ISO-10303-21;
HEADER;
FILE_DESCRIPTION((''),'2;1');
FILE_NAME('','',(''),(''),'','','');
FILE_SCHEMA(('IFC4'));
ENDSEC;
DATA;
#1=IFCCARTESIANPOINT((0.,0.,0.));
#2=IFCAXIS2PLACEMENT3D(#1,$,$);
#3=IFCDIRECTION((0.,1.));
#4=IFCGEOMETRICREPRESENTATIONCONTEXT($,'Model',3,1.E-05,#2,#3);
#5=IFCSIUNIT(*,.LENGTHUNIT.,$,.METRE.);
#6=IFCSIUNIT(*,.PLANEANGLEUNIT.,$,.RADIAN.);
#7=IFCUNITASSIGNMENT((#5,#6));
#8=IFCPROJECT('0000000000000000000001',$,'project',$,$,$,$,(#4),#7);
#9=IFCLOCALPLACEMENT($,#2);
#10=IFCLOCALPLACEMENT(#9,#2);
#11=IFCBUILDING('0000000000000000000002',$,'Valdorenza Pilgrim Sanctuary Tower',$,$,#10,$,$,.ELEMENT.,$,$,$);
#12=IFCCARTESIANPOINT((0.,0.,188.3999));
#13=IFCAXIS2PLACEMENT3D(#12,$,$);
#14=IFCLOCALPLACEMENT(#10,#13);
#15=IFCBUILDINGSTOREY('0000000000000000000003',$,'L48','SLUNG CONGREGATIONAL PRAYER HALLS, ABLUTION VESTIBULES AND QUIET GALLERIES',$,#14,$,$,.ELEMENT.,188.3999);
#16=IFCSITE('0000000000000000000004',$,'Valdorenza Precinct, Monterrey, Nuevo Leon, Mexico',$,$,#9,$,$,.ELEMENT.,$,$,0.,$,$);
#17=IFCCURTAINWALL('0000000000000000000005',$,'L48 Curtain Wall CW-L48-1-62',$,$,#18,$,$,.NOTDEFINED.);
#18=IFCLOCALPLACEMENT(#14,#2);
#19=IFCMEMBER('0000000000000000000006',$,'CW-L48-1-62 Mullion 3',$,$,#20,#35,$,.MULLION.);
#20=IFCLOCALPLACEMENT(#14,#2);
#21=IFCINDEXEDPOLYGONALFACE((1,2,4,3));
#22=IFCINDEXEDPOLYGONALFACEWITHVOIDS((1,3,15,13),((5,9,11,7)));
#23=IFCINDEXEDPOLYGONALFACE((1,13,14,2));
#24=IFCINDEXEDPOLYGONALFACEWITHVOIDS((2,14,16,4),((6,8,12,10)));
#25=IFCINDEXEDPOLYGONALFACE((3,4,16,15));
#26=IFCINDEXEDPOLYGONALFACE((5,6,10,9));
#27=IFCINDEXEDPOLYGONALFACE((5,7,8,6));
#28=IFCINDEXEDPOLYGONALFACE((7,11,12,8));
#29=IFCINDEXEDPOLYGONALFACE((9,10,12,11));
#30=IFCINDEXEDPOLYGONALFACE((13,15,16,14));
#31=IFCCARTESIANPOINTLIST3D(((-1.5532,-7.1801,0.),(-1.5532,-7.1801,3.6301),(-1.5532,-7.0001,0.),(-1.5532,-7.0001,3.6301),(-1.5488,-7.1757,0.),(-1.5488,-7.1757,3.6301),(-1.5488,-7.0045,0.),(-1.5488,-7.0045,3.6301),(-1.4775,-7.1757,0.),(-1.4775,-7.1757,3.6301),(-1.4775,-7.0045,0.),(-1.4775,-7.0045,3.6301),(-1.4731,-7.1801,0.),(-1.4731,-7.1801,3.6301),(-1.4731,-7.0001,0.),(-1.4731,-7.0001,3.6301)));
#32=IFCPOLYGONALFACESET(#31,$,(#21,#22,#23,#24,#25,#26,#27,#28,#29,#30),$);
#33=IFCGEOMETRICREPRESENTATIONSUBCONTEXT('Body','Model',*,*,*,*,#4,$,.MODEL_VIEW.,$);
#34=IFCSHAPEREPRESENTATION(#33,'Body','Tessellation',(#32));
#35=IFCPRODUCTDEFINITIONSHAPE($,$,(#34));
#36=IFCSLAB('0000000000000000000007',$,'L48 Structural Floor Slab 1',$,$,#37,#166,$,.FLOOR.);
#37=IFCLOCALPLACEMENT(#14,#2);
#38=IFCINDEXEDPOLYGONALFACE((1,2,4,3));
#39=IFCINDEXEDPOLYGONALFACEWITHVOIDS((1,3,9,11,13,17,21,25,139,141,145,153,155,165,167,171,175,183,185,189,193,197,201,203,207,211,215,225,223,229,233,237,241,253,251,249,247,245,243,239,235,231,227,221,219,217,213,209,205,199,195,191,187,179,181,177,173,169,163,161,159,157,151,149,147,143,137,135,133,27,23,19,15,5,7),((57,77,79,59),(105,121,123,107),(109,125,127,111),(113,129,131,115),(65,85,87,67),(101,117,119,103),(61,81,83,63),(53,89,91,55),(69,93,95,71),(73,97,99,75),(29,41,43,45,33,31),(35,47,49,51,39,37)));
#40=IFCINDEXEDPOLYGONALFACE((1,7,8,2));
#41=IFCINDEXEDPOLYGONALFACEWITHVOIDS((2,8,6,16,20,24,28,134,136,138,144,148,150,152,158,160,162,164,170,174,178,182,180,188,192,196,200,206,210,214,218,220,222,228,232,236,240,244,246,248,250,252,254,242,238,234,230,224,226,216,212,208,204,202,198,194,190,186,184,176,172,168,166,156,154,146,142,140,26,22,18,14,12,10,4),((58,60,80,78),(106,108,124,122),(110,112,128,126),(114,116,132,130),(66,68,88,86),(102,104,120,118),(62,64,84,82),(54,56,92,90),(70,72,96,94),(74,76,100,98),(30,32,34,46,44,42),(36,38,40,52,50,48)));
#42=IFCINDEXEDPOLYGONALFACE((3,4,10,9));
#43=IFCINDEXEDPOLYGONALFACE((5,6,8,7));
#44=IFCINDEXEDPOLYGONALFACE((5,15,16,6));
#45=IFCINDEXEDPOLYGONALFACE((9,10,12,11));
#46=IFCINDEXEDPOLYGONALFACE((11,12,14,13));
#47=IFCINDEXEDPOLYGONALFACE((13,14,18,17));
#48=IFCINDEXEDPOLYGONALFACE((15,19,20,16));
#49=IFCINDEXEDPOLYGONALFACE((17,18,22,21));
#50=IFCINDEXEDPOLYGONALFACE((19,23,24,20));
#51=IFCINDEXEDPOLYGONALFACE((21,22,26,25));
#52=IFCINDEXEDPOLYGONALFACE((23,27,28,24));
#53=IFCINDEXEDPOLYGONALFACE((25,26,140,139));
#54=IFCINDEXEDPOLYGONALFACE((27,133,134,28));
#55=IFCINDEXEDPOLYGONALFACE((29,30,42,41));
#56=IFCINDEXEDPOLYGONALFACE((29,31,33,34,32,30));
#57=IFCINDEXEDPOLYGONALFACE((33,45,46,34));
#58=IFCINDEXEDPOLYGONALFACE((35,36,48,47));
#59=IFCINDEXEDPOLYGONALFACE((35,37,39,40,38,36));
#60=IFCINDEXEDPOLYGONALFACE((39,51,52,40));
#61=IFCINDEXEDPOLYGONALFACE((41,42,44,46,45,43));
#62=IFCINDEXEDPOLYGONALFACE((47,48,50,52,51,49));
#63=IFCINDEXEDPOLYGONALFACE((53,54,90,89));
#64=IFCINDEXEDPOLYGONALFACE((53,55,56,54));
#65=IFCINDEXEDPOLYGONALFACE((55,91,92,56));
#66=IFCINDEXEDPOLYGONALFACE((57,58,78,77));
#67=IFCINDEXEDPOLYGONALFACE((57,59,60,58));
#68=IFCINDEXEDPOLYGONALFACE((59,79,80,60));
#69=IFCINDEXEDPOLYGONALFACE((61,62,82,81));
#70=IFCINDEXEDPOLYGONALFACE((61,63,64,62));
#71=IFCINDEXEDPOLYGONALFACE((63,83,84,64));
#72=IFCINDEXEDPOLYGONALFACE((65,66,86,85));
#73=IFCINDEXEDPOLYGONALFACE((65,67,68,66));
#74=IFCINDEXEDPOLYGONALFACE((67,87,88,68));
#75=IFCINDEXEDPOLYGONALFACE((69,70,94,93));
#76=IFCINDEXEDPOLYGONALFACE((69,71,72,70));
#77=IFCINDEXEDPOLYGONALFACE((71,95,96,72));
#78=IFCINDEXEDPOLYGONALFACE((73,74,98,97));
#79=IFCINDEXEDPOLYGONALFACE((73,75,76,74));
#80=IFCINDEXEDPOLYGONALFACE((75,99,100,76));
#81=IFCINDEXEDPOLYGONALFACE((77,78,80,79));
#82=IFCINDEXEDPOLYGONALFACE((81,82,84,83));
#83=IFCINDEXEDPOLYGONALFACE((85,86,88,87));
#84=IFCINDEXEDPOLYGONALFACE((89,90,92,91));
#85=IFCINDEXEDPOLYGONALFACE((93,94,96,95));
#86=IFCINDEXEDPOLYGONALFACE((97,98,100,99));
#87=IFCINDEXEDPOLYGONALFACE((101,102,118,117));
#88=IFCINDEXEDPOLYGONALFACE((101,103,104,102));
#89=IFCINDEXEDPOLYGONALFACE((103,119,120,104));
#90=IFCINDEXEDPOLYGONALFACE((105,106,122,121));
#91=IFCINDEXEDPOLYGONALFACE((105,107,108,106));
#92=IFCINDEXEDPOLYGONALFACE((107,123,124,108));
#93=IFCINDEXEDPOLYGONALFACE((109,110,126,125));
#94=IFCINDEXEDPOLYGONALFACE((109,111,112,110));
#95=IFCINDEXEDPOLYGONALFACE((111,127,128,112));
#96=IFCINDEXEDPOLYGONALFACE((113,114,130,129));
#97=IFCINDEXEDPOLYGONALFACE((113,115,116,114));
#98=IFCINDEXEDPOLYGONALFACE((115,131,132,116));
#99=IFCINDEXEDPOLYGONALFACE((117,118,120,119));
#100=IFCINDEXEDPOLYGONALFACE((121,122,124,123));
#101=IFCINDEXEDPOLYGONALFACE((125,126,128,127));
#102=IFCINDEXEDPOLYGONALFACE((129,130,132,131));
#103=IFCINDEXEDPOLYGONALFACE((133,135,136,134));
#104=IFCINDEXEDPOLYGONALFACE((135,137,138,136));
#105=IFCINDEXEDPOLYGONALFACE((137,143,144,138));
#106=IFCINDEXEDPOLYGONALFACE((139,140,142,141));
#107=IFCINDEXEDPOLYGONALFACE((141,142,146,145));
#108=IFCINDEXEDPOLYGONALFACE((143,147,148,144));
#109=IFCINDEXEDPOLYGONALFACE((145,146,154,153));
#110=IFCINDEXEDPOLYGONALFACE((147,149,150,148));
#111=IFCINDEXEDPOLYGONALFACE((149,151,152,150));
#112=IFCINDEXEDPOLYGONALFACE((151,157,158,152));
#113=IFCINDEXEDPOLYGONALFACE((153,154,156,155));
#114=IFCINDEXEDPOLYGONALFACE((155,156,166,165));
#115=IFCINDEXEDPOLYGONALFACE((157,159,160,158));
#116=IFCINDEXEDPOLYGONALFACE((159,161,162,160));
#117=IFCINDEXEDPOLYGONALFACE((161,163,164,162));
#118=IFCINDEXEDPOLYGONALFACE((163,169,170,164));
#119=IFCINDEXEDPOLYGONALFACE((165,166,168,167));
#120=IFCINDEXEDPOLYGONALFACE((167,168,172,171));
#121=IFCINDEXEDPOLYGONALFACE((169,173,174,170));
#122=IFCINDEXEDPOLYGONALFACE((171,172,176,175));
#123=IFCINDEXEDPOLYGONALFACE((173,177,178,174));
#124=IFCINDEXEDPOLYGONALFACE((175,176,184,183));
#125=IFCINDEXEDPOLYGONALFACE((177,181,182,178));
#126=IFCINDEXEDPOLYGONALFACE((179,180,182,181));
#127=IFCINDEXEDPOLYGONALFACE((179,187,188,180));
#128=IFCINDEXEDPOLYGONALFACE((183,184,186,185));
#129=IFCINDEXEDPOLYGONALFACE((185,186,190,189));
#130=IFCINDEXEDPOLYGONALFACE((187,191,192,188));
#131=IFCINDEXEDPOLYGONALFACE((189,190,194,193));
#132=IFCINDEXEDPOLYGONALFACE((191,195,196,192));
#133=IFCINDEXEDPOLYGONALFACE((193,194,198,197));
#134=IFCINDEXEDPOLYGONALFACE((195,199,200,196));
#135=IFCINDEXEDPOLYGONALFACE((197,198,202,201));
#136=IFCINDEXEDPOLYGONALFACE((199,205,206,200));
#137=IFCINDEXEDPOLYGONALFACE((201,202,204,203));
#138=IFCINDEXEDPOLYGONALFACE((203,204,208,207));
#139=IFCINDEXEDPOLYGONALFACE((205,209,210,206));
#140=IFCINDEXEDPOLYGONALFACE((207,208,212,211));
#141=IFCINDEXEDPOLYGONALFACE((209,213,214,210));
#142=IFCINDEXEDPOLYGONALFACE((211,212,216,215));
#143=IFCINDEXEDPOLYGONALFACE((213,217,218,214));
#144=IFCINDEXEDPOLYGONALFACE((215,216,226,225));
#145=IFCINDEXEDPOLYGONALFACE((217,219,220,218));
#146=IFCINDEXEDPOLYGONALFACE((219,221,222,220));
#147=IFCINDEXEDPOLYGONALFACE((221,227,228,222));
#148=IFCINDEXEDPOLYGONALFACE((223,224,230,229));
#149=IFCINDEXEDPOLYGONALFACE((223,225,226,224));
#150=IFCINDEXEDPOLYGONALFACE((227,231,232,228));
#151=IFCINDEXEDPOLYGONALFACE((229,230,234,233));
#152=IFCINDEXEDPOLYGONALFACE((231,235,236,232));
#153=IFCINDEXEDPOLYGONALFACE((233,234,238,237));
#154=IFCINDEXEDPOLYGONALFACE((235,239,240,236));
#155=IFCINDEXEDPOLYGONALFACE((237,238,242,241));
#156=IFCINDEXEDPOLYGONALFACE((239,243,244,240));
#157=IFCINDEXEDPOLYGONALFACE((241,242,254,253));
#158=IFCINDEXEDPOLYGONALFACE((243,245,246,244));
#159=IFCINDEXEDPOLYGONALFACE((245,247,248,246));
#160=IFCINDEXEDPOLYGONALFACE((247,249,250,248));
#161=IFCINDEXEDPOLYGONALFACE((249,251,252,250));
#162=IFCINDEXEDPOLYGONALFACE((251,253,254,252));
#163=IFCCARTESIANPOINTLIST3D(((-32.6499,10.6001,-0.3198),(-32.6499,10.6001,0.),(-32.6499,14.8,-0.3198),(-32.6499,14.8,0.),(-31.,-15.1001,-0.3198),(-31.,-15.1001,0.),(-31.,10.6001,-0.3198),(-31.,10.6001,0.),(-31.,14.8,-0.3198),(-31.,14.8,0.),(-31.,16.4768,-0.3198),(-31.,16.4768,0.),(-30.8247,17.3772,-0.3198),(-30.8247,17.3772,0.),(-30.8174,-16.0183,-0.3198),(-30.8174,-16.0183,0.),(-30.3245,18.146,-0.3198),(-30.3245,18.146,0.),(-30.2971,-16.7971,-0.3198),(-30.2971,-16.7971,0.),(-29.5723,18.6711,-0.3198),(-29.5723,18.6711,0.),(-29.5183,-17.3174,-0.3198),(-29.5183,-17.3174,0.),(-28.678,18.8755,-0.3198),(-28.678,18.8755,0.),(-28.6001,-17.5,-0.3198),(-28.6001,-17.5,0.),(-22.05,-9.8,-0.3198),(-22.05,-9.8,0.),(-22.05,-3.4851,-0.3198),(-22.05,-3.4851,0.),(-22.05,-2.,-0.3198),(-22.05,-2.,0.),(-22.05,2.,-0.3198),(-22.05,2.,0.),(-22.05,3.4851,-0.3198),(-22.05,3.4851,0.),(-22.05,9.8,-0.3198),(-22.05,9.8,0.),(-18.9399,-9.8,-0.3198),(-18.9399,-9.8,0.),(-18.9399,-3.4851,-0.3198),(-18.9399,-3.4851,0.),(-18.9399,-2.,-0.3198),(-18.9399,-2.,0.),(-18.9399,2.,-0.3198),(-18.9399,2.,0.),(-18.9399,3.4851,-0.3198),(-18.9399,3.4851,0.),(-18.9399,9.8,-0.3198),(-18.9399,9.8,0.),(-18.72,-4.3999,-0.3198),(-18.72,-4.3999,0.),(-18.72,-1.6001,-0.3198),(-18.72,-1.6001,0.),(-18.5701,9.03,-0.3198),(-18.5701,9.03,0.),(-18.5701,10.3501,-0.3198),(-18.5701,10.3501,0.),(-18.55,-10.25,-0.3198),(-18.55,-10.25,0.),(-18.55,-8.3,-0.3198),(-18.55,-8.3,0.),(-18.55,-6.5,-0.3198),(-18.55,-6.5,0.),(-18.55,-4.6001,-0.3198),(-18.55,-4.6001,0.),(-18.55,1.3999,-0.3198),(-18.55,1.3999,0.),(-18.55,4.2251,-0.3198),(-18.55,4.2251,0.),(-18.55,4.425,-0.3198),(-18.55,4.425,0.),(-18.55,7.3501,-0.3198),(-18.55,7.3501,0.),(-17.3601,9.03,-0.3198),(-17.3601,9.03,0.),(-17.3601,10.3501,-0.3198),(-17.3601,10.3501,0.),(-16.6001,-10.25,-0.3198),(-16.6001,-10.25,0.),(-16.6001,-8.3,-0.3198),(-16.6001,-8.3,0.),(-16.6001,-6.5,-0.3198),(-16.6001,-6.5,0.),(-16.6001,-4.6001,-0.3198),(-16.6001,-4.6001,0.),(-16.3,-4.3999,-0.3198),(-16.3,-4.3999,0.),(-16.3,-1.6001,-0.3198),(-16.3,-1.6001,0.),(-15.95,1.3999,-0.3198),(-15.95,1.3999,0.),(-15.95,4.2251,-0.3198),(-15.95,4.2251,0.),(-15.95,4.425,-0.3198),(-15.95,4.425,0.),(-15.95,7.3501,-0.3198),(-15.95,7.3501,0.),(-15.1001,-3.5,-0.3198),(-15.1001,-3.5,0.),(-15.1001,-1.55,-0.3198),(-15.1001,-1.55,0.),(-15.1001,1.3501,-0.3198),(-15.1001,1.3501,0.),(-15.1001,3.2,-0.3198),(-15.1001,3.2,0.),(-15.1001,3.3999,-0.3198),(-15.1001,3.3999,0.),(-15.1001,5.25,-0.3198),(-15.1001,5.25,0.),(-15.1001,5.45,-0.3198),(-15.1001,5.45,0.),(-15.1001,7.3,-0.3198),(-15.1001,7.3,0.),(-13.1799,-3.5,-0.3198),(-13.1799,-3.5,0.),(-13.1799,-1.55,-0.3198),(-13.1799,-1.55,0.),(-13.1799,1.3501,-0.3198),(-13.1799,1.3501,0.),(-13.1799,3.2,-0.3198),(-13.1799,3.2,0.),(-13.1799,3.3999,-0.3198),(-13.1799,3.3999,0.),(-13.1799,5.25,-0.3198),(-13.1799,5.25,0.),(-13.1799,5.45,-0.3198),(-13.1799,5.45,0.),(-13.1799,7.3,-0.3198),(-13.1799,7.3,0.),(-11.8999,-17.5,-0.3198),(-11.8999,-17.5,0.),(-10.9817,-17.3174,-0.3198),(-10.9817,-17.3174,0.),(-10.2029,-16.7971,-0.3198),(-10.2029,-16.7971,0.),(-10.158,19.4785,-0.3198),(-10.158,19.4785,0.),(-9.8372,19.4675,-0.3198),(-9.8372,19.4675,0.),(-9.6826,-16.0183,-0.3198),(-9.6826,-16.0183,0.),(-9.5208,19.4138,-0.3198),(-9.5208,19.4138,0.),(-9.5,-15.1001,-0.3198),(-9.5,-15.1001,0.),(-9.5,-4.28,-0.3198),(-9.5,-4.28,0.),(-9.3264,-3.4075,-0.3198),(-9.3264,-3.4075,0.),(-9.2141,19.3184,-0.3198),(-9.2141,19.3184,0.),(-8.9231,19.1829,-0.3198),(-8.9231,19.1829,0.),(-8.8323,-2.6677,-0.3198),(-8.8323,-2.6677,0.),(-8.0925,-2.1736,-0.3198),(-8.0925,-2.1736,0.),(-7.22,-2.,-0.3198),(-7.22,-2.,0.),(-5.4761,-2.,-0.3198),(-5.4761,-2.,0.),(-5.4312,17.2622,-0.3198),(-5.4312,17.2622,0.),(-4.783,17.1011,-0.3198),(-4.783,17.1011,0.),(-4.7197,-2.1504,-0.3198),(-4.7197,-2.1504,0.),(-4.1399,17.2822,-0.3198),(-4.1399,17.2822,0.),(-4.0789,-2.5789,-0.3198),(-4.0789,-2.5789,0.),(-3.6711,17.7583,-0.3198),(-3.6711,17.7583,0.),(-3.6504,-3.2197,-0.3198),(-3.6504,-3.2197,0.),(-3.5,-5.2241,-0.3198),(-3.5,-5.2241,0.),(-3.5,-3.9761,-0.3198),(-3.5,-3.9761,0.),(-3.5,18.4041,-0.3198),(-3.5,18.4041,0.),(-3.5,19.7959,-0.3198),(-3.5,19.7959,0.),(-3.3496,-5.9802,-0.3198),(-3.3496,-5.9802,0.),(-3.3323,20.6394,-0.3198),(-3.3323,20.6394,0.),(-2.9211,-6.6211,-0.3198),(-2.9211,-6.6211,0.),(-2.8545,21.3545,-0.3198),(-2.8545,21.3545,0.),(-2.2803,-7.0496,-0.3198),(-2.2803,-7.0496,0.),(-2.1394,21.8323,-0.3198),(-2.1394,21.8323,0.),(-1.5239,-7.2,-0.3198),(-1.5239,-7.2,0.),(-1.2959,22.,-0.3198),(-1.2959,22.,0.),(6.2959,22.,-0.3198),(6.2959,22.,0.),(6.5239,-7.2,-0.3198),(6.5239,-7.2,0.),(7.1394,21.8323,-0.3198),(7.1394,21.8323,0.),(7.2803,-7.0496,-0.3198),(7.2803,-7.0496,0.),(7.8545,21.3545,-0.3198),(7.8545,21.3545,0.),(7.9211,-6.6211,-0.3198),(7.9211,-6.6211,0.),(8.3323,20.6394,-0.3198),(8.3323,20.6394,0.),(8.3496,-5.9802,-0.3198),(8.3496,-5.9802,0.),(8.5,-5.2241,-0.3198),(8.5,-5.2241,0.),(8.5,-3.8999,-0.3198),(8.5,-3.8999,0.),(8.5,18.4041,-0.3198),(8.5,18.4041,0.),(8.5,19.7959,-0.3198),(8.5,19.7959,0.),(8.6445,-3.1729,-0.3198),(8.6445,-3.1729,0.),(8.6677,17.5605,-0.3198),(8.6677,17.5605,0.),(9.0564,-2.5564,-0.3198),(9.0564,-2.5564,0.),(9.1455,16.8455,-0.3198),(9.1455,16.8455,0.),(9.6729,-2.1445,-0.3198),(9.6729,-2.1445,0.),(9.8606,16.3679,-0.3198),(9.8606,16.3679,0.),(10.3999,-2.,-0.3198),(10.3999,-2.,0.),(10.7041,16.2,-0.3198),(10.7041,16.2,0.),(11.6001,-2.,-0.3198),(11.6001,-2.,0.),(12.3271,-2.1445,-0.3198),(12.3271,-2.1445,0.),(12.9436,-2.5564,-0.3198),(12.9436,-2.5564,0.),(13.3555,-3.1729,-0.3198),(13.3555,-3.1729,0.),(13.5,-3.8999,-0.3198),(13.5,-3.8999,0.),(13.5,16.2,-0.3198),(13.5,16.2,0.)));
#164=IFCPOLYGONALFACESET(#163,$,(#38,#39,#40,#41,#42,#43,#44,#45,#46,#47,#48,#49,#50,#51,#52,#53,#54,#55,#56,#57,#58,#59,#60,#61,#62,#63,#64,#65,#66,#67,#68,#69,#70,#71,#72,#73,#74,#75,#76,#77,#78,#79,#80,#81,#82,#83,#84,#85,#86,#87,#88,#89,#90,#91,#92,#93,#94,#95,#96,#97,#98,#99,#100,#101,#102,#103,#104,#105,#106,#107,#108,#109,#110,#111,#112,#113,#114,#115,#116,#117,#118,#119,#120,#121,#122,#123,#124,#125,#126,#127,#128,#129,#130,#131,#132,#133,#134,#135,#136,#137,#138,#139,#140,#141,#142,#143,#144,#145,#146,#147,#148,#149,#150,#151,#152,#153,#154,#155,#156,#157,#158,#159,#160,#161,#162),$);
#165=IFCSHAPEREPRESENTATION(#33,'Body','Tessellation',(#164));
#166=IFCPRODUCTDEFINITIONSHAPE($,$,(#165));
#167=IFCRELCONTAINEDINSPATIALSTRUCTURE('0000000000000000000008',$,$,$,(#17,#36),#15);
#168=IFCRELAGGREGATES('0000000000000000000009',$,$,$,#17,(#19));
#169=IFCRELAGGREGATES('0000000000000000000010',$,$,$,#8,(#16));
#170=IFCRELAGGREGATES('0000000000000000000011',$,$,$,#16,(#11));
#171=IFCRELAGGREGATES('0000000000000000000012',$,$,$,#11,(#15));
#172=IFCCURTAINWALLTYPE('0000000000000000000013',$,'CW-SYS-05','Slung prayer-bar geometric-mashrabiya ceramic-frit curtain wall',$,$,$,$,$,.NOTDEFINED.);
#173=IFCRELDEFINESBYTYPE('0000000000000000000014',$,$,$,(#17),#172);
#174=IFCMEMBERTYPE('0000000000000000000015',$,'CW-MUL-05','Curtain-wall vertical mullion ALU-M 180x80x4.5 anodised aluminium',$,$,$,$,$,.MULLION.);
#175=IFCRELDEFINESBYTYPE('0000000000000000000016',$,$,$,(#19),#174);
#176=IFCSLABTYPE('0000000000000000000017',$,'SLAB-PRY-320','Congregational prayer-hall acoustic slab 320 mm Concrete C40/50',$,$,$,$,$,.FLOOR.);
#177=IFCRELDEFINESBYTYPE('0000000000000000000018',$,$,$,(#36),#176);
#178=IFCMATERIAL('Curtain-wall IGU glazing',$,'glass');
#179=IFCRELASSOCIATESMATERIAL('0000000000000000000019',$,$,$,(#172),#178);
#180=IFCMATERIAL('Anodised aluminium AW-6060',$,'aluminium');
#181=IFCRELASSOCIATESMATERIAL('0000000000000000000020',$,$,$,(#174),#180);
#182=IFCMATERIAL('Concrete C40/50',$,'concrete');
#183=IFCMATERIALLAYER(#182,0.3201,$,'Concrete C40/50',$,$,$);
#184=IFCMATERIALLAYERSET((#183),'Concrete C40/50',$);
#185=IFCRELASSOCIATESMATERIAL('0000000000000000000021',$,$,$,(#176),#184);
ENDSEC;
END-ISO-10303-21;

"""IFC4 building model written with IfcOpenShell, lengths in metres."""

from ifc_helpers import new_model, si_unit, direction, frame, origin, origin_2d, place, context, subcontext, project, spatial, polyline, hollow_rectangle, outline, extrude, source, transform, mapped, material, layer, layer_set, material_profile, profile_set, type_object, element, aggregate, save


model = new_model("IFC4")

# Units and contexts
model_context = context("Model", 3, precision=1e-05, world=origin(), true_north=direction((0.0, 1.0)))
body_context = subcontext(model_context, "Body", "Model", "MODEL_VIEW")
ifc_project = project(units=[si_unit("LENGTHUNIT", "METRE"), si_unit("PLANEANGLEUNIT", "RADIAN")], contexts=[model_context])

# Site, building, storey
site_placement = place(None, origin())
site = spatial("IfcSite", under=ifc_project, at=site_placement, Name="Valdorenza Precinct, Monterrey, Nuevo Leon, Mexico", CompositionType="ELEMENT", RefElevation=0.0)
building_placement = place(site_placement, origin())
building = spatial("IfcBuilding", under=site, at=building_placement, Name="Valdorenza Pilgrim Sanctuary Tower", CompositionType="ELEMENT")
storey_placement = place(building_placement, frame((0.0, 0.0, 188.3999)))
storey = spatial("IfcBuildingStorey", under=building, at=storey_placement, Name="L48", Description="SLUNG CONGREGATIONAL PRAYER HALLS, ABLUTION VESTIBULES AND QUIET GALLERIES", CompositionType="ELEMENT", Elevation=188.3999)

# Curtain wall, member
ifc_material_1 = material(Name="Curtain-wall IGU glazing", Category="glass")
curtain_wall_type = type_object("IfcCurtainWallType", Name="CW-SYS-05", Description="Slung prayer-bar geometric-mashrabiya ceramic-frit curtain wall", PredefinedType="NOTDEFINED", material=ifc_material_1)
curtain_wall_placement = place(storey_placement, origin())
curtain_wall = element("IfcCurtainWall", 1, at=curtain_wall_placement, inside=storey, type_object=curtain_wall_type, Name="L48 Curtain Wall CW-L48-1-62", PredefinedType="NOTDEFINED")
ifc_material_2 = material(Name="Anodised aluminium AW-6060", Category="aluminium")
ifc_material_profile = material_profile(ifc_material_2, hollow_rectangle(XDim=0.0801, YDim=0.1799, WallThickness=0.0044, at=origin_2d()), Name="ALU-M 180x80x4.5")
ifc_profile_set = profile_set([ifc_material_profile], Name="Anodised aluminium AW-6060")
member_type = type_object("IfcMemberType", Name="CW-MUL-05", Description="Curtain-wall vertical mullion ALU-M 180x80x4.5 anodised aluminium", PredefinedType="MULLION", material=ifc_profile_set)
shared_shape = source(origin(), body_context, "Body", "SweptSolid", [
    extrude(hollow_rectangle(XDim=0.0801, YDim=0.1799, WallThickness=0.0044, at=origin_2d()), origin(), (0.0, 0.0, 1.0), 3.6301),
])
member_placement = place(storey_placement, frame((-1.5132, -7.0901, 0.0), z_axis=(0.0, 0.0, 1.0), x_axis=(-1.0, 0.0, 0.0)))
member = element("IfcMember", 2, at=member_placement, type_object=member_type, Name="CW-L48-1-62 Mullion 3", PredefinedType="MULLION", context=body_context, shape_type="MappedRepresentation", body=[
    mapped(shared_shape, transform((0.0, 0.0, 0.0), x_axis=(1.0, 0.0, 0.0), y_axis=(0.0, 1.0, 0.0), z_axis=(0.0, 0.0, 1.0), scale=1.0)),
])
aggregate(curtain_wall, [member])

# Slab
ifc_material_3 = material(Name="Concrete C40/50", Category="concrete")
ifc_layer_1 = layer(ifc_material_3, 0.3201, Name="Concrete C40/50")
ifc_layer_set_1 = layer_set([ifc_layer_1], Name="Concrete C40/50")
slab_type_1 = type_object("IfcSlabType", Name="SLAB-PRY-320", Description="Congregational prayer-hall acoustic slab 320 mm Concrete C40/50", PredefinedType="FLOOR", material=ifc_layer_set_1)
slab_1_placement = place(storey_placement, frame((0.0, 0.0, -0.3198)))
element("IfcSlab", 3, at=slab_1_placement, inside=storey, type_object=slab_type_1, Name="L48 Structural Floor Slab 1", PredefinedType="FLOOR", context=body_context, shape_type="SweptSolid", body=[
    extrude(outline(polyline([(-30.3245, 18.146), (-29.5723, 18.6711), (-28.678, 18.8755), (-10.158, 19.4785), (-9.8372, 19.4675), (-9.5208, 19.4138), (-9.2141, 19.3184), (-8.9231, 19.1829), (-5.4312, 17.2622), (-4.783, 17.1011), (-4.1399, 17.2822), (-3.6711, 17.7583), (-3.5, 18.4041), (-3.5, 19.7959), (-3.3323, 20.6394), (-2.8545, 21.3545), (-2.1394, 21.8323), (-1.2959, 22.0), (6.2959, 22.0), (7.1394, 21.8323), (7.8545, 21.3545), (8.3323, 20.6394), (8.5, 19.7959), (8.5, 18.4041), (8.6677, 17.5605), (9.1455, 16.8455), (9.8606, 16.3679), (10.7041, 16.2), (13.5, 16.2), (13.5, -3.8999), (13.3555, -3.1729), (12.9436, -2.5564), (12.3271, -2.1445), (11.6001, -2.0), (10.3999, -2.0), (9.6729, -2.1445), (9.0564, -2.5564), (8.6445, -3.1729), (8.5, -3.8999), (8.5, -5.2241), (8.3496, -5.9802), (7.9211, -6.6211), (7.2803, -7.0496), (6.5239, -7.2), (-1.5239, -7.2), (-2.2803, -7.0496), (-2.9211, -6.6211), (-3.3496, -5.9802), (-3.5, -5.2241), (-3.5, -3.9761), (-3.6504, -3.2197), (-4.0789, -2.5789), (-4.7197, -2.1504), (-5.4761, -2.0), (-7.22, -2.0), (-8.0925, -2.1736), (-8.8323, -2.6677), (-9.3264, -3.4075), (-9.5, -4.28), (-9.5, -15.1001), (-9.6826, -16.0183), (-10.2029, -16.7971), (-10.9817, -17.3174), (-11.8999, -17.5), (-28.6001, -17.5), (-29.5183, -17.3174), (-30.2971, -16.7971), (-30.8174, -16.0183), (-31.0, -15.1001), (-31.0, 10.6001), (-32.6499, 10.6001), (-32.6499, 14.8), (-31.0, 14.8), (-31.0, 16.4768), (-30.8247, 17.3772), (-30.3245, 18.146)]), holes=[polyline([(-16.6001, -10.25), (-16.6001, -8.3), (-18.55, -8.3), (-18.55, -10.25), (-16.6001, -10.25)]), polyline([(-22.05, -9.8), (-18.9399, -9.8), (-18.9399, -3.4851), (-18.9399, -2.0), (-22.05, -2.0), (-22.05, -3.4851), (-22.05, -9.8)]), polyline([(-16.6001, -6.5), (-16.6001, -4.6001), (-18.55, -4.6001), (-18.55, -6.5), (-16.6001, -6.5)]), polyline([(-18.72, -4.3999), (-16.3, -4.3999), (-16.3, -1.6001), (-18.72, -1.6001), (-18.72, -4.3999)]), polyline([(-13.1799, 1.3501), (-13.1799, 3.2), (-15.1001, 3.2), (-15.1001, 1.3501), (-13.1799, 1.3501)]), polyline([(-22.05, 2.0), (-18.9399, 2.0), (-18.9399, 3.4851), (-18.9399, 9.8), (-22.05, 9.8), (-22.05, 3.4851), (-22.05, 2.0)]), polyline([(-15.95, 1.3999), (-15.95, 4.2251), (-18.55, 4.2251), (-18.55, 1.3999), (-15.95, 1.3999)]), polyline([(-18.55, 4.425), (-15.95, 4.425), (-15.95, 7.3501), (-18.55, 7.3501), (-18.55, 4.425)]), polyline([(-17.3601, 9.03), (-17.3601, 10.3501), (-18.5701, 10.3501), (-18.5701, 9.03), (-17.3601, 9.03)]), polyline([(-13.1799, -3.5), (-13.1799, -1.55), (-15.1001, -1.55), (-15.1001, -3.5), (-13.1799, -3.5)]), polyline([(-13.1799, 3.3999), (-13.1799, 5.25), (-15.1001, 5.25), (-15.1001, 3.3999), (-13.1799, 3.3999)]), polyline([(-13.1799, 5.45), (-13.1799, 7.3), (-15.1001, 7.3), (-15.1001, 5.45), (-13.1799, 5.45)])]), origin(), (0.0, 0.0, 1.0), 0.3198),
])

save(model, "model.ifc")
